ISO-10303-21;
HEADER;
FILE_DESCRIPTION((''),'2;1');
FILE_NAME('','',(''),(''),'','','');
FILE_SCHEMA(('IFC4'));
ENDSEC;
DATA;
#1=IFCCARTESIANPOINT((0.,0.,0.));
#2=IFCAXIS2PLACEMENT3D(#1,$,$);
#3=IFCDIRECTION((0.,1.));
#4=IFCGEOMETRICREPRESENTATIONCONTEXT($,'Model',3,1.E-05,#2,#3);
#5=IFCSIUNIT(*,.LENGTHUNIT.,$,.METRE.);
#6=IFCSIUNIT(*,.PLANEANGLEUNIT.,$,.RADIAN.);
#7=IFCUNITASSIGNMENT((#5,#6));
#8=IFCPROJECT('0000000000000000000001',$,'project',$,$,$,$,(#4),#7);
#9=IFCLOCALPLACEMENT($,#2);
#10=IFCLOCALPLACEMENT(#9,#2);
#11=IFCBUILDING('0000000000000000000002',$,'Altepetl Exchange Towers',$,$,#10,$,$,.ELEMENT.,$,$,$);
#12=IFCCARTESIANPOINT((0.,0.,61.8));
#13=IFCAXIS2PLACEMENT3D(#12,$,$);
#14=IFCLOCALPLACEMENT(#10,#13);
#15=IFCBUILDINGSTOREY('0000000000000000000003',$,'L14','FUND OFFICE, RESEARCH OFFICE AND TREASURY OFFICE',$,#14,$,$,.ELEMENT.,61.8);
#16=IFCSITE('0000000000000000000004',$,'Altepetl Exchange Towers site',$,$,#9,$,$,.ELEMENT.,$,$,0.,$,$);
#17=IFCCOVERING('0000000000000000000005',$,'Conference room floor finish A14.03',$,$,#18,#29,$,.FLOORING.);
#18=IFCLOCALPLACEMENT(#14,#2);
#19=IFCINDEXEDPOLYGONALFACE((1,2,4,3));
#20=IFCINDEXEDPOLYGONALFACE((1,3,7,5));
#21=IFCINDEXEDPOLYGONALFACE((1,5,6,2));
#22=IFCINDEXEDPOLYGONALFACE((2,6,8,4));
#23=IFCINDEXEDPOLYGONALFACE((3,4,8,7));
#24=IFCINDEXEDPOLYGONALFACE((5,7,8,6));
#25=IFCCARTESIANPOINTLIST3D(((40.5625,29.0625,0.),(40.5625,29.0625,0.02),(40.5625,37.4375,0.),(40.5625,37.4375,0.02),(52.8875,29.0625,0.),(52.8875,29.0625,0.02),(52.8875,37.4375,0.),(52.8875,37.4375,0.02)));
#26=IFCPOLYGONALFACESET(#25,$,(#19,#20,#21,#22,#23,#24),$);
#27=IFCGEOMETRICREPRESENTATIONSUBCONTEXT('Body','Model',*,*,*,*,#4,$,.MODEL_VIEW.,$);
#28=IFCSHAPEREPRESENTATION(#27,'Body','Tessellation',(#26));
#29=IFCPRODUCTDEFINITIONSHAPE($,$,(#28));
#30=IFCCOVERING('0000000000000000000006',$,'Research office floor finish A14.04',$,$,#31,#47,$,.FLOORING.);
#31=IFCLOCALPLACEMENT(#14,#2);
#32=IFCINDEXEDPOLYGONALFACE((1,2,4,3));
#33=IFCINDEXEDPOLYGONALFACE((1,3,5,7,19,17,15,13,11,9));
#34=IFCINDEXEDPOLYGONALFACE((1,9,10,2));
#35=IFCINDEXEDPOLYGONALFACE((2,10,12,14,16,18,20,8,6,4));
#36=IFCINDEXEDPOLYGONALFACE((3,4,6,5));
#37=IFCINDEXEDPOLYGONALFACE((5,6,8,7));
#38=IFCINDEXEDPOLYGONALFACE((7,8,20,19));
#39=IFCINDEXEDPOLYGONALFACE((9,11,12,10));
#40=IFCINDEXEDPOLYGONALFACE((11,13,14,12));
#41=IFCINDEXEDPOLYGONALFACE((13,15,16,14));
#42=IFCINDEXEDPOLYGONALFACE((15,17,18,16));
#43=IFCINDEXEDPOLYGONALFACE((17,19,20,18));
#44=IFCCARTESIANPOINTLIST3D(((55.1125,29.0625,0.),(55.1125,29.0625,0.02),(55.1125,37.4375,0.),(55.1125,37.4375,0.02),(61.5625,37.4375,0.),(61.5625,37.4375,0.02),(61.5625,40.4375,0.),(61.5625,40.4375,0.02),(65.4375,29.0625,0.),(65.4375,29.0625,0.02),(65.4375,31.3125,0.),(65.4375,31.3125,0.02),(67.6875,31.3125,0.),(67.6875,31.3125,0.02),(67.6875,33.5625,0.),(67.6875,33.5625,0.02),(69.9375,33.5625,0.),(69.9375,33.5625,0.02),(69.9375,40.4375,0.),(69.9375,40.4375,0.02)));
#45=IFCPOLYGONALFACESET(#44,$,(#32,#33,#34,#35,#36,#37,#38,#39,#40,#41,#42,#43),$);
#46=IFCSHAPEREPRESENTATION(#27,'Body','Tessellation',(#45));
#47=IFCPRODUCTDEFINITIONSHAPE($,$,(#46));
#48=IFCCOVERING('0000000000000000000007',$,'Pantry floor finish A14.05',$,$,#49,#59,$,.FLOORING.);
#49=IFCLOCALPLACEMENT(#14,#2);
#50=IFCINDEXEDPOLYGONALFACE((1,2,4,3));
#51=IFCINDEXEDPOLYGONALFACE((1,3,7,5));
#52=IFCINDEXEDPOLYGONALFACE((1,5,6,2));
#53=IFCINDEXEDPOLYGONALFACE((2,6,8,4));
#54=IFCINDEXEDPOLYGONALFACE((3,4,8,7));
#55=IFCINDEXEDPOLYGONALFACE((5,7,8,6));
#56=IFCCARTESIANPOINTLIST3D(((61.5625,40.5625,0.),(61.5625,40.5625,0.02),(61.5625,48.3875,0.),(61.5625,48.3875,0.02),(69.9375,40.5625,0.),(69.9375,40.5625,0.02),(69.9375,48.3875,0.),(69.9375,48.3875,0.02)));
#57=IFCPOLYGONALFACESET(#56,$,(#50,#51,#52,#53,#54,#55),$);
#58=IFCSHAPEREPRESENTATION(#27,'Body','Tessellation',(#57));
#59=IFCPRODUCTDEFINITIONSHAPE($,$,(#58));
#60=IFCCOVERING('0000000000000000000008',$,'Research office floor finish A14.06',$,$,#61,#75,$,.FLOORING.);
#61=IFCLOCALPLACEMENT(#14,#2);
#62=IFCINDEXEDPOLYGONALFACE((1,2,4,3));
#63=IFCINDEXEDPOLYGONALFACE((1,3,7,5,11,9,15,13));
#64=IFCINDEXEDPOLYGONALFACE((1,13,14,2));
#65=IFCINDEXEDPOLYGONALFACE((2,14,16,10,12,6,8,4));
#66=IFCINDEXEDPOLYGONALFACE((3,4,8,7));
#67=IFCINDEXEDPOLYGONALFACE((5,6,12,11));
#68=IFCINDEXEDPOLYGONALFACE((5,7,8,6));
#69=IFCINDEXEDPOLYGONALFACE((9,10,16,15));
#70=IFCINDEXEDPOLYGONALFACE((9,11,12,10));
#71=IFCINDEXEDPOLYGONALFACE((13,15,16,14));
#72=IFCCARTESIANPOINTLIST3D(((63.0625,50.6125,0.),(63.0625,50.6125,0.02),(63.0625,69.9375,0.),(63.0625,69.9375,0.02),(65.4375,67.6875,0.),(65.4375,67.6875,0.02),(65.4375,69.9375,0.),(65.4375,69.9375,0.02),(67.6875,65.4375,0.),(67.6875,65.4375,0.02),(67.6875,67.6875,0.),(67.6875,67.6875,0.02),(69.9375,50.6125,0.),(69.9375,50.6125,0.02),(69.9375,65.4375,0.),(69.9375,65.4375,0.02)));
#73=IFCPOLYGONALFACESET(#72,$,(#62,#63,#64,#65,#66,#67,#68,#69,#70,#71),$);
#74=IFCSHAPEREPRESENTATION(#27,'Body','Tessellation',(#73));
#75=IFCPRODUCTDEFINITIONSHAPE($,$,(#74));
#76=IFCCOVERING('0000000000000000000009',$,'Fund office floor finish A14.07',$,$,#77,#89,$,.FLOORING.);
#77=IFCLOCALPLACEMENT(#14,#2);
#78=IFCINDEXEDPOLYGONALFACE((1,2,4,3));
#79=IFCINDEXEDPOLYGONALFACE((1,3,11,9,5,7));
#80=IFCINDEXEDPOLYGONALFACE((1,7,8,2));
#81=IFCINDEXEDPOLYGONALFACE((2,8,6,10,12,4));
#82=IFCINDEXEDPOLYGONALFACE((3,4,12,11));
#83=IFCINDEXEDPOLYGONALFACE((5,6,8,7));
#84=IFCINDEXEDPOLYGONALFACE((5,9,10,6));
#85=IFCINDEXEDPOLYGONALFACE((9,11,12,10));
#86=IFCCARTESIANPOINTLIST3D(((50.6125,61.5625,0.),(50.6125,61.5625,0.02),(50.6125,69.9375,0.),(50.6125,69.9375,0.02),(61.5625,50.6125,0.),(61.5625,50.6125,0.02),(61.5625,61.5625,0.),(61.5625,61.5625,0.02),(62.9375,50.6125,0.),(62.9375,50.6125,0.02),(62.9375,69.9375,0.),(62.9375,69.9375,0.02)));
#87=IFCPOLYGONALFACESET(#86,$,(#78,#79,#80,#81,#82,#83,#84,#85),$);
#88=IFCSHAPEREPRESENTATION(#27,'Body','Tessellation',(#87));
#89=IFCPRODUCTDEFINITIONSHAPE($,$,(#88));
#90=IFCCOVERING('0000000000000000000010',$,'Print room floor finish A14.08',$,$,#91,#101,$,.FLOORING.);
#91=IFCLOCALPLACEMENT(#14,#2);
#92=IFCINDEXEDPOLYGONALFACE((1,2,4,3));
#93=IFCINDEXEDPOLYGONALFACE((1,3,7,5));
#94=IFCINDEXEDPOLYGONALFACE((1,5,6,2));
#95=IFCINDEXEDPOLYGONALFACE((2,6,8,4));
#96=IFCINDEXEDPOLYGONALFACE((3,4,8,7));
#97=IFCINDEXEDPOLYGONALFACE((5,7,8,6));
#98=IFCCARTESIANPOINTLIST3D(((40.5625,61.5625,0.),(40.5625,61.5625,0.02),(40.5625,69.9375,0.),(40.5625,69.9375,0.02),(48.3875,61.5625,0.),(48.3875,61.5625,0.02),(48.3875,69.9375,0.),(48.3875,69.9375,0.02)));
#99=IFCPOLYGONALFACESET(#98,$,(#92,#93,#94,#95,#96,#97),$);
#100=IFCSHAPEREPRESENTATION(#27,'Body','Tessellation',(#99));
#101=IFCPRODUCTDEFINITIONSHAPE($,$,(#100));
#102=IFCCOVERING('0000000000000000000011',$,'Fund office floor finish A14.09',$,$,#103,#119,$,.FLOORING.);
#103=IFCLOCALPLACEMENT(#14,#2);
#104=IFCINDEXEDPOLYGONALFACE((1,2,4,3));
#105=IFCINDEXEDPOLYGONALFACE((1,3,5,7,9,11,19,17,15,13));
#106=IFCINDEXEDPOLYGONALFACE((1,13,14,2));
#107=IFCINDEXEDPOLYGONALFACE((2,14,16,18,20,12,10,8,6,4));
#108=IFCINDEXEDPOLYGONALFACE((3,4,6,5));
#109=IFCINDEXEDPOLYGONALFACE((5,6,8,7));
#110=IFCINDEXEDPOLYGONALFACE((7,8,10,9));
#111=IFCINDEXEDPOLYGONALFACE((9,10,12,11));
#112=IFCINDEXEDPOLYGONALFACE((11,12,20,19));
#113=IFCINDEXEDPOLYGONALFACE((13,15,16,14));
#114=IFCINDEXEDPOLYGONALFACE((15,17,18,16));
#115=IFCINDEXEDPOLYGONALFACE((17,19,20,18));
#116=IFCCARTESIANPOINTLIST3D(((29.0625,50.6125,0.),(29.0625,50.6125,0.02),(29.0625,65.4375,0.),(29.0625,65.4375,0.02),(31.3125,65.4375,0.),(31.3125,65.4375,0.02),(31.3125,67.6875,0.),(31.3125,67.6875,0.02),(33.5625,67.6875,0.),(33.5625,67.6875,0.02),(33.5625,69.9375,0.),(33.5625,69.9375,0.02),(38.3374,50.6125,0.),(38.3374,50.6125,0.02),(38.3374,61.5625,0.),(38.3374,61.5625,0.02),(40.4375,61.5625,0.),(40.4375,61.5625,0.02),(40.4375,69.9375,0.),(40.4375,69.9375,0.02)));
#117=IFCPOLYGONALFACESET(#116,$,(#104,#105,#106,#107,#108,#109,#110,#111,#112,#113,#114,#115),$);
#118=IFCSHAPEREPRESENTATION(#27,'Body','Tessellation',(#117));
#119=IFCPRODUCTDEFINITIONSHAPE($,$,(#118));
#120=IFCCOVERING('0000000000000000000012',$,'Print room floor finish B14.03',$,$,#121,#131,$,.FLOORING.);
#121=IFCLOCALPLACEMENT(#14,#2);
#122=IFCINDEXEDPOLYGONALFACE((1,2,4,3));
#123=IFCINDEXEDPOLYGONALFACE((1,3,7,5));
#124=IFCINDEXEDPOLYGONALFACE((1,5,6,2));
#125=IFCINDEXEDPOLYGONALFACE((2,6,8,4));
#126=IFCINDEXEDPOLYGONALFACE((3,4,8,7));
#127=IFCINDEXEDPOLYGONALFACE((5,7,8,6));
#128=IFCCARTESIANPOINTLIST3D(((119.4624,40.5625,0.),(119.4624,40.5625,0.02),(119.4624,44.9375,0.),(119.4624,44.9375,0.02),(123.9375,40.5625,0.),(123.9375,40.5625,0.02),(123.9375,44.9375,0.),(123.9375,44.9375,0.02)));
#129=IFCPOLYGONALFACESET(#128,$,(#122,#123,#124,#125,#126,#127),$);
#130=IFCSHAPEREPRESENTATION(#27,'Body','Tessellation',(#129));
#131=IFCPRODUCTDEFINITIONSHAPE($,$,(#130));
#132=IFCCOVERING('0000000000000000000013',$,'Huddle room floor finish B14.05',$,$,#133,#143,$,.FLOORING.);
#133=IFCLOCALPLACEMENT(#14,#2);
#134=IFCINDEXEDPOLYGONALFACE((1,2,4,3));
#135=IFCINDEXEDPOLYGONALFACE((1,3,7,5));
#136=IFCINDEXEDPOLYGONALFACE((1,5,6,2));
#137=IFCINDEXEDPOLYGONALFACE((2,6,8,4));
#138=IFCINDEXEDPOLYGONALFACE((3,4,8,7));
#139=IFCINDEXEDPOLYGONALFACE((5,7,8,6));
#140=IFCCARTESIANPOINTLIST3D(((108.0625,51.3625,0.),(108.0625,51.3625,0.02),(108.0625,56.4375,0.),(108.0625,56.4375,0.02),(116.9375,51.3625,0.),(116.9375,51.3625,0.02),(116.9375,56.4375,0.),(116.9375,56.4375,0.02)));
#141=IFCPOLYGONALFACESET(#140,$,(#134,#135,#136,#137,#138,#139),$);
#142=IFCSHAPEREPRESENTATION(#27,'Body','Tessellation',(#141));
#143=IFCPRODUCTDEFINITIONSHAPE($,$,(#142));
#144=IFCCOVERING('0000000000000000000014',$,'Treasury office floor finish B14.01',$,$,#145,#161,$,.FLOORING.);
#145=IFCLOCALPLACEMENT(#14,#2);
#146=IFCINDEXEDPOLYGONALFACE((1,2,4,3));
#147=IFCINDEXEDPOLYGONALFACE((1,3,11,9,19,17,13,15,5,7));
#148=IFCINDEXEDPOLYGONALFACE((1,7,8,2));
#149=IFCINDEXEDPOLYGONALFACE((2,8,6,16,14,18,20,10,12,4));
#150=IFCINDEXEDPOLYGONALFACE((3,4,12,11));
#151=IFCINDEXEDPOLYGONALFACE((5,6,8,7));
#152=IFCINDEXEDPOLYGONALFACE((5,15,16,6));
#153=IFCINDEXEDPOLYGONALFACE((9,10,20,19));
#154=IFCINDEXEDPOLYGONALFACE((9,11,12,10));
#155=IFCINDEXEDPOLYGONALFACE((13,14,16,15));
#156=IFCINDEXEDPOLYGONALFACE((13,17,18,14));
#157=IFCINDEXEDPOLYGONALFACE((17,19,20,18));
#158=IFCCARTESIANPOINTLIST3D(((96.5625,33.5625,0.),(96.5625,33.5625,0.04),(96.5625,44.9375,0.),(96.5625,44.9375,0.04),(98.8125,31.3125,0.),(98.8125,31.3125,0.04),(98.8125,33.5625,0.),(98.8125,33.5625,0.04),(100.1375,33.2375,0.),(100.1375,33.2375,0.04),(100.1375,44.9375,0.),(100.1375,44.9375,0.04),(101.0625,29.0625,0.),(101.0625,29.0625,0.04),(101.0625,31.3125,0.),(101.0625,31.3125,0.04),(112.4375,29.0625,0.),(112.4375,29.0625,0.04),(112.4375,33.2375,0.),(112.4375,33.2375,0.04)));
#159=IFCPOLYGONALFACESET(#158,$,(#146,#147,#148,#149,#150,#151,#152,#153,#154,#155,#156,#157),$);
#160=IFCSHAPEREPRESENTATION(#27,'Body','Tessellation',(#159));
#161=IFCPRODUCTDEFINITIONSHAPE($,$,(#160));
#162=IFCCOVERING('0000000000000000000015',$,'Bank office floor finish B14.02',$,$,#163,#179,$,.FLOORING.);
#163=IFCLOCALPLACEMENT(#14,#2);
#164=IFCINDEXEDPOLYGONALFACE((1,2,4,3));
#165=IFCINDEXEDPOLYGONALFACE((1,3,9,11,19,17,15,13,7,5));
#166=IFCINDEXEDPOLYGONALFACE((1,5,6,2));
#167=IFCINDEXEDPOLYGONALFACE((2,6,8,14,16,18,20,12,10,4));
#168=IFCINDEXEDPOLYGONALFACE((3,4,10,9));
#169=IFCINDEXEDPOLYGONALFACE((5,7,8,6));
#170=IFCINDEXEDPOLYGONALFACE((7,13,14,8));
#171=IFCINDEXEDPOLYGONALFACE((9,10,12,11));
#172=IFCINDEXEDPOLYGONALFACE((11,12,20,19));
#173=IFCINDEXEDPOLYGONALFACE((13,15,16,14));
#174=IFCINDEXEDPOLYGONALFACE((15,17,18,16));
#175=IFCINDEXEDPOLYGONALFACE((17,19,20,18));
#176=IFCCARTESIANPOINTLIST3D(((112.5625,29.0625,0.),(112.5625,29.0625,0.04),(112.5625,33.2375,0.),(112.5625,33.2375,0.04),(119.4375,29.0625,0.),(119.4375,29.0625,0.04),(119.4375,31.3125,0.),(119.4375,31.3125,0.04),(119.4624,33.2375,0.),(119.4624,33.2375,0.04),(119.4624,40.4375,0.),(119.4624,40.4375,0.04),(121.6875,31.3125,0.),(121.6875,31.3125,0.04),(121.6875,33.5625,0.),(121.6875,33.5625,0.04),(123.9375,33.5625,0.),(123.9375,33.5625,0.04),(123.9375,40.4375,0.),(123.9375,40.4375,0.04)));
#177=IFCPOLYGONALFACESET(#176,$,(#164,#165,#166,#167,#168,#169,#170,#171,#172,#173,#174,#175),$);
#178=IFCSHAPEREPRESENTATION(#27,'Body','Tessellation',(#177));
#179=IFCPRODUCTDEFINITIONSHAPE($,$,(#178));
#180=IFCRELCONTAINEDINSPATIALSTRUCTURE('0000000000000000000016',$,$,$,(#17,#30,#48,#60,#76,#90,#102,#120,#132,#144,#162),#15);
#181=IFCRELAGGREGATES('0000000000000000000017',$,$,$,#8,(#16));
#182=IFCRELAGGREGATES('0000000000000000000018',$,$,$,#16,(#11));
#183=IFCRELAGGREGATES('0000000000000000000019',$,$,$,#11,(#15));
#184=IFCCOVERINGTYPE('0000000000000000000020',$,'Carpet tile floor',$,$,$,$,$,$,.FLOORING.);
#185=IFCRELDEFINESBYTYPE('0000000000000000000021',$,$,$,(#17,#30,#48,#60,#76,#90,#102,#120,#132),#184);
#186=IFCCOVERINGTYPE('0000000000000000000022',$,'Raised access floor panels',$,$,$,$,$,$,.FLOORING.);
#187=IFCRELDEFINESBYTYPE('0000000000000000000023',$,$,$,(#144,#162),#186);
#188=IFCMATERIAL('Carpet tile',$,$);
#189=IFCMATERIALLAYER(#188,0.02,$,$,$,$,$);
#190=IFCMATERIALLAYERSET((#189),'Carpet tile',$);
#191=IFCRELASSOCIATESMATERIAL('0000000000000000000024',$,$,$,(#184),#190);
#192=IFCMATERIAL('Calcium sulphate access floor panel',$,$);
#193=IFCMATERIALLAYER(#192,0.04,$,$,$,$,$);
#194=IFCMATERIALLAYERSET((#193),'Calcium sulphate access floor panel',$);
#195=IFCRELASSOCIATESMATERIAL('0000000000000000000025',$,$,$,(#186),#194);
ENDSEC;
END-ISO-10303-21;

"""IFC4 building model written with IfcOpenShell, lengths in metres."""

from ifc_helpers import new_model, si_unit, direction, frame, origin, place, context, subcontext, project, spatial, polyline, outline, extrude, material, layer, layer_set, type_object, element, save


model = new_model("IFC4")

# Units and contexts
model_context = context("Model", 3, precision=1e-05, world=origin(), true_north=direction((0.0, 1.0)))
body_context = subcontext(model_context, "Body", "Model", "MODEL_VIEW")
ifc_project = project(units=[si_unit("LENGTHUNIT", "METRE"), si_unit("PLANEANGLEUNIT", "RADIAN")], contexts=[model_context])

# Site, building, storey
site_placement = place(None, origin())
site = spatial("IfcSite", under=ifc_project, at=site_placement, Name="Altepetl Exchange Towers site", CompositionType="ELEMENT", RefElevation=0.0)
building_placement = place(site_placement, origin())
building = spatial("IfcBuilding", under=site, at=building_placement, Name="Altepetl Exchange Towers", CompositionType="ELEMENT")
storey_placement = place(building_placement, frame((0.0, 0.0, 61.8)))
storey = spatial("IfcBuildingStorey", under=building, at=storey_placement, Name="L14", Description="FUND OFFICE, RESEARCH OFFICE AND TREASURY OFFICE", CompositionType="ELEMENT", Elevation=61.8)

# Coverings
ifc_material_1 = material(Name="Carpet tile")
ifc_layer_1 = layer(ifc_material_1, 0.02)
ifc_layer_set_1 = layer_set([ifc_layer_1], Name="Carpet tile")
covering_type_1 = type_object("IfcCoveringType", Name="Carpet tile floor", PredefinedType="FLOORING", material=ifc_layer_set_1)
covering_1_placement = place(storey_placement, origin())
element("IfcCovering", 1, at=covering_1_placement, inside=storey, type_object=covering_type_1, Name="Conference room floor finish A14.03", PredefinedType="FLOORING", context=body_context, shape_type="SweptSolid", body=[
    extrude(outline(polyline([(40.5625, 37.4375), (40.5625, 29.0625), (52.8875, 29.0625), (52.8875, 37.4375), (40.5625, 37.4375)])), origin(), (0.0, 0.0, 1.0), 0.02),
])
covering_2_placement = place(storey_placement, origin())
element("IfcCovering", 2, at=covering_2_placement, inside=storey, type_object=covering_type_1, Name="Research office floor finish A14.04", PredefinedType="FLOORING", context=body_context, shape_type="SweptSolid", body=[
    extrude(outline(polyline([(67.6875, 31.3125), (67.6875, 33.5625), (69.9375, 33.5625), (69.9375, 40.4375), (61.5625, 40.4375), (61.5625, 37.4375), (55.1125, 37.4375), (55.1125, 29.0625), (65.4375, 29.0625), (65.4375, 31.3125), (67.6875, 31.3125)])), origin(), (0.0, 0.0, 1.0), 0.02),
])
covering_3_placement = place(storey_placement, origin())
element("IfcCovering", 3, at=covering_3_placement, inside=storey, type_object=covering_type_1, Name="Pantry floor finish A14.05", PredefinedType="FLOORING", context=body_context, shape_type="SweptSolid", body=[
    extrude(outline(polyline([(61.5625, 40.5625), (69.9375, 40.5625), (69.9375, 48.3875), (61.5625, 48.3875), (61.5625, 40.5625)])), origin(), (0.0, 0.0, 1.0), 0.02),
])
covering_4_placement = place(storey_placement, origin())
element("IfcCovering", 4, at=covering_4_placement, inside=storey, type_object=covering_type_1, Name="Research office floor finish A14.06", PredefinedType="FLOORING", context=body_context, shape_type="SweptSolid", body=[
    extrude(outline(polyline([(67.6875, 67.6875), (65.4375, 67.6875), (65.4375, 69.9375), (63.0625, 69.9375), (63.0625, 50.6125), (69.9375, 50.6125), (69.9375, 65.4375), (67.6875, 65.4375), (67.6875, 67.6875)])), origin(), (0.0, 0.0, 1.0), 0.02),
])
covering_5_placement = place(storey_placement, origin())
element("IfcCovering", 5, at=covering_5_placement, inside=storey, type_object=covering_type_1, Name="Fund office floor finish A14.07", PredefinedType="FLOORING", context=body_context, shape_type="SweptSolid", body=[
    extrude(outline(polyline([(62.9375, 50.6125), (62.9375, 69.9375), (50.6125, 69.9375), (50.6125, 61.5625), (61.5625, 61.5625), (61.5625, 50.6125), (62.9375, 50.6125)])), origin(), (0.0, 0.0, 1.0), 0.02),
])
covering_6_placement = place(storey_placement, origin())
element("IfcCovering", 6, at=covering_6_placement, inside=storey, type_object=covering_type_1, Name="Print room floor finish A14.08", PredefinedType="FLOORING", context=body_context, shape_type="SweptSolid", body=[
    extrude(outline(polyline([(48.3875, 69.9375), (40.5625, 69.9375), (40.5625, 61.5625), (48.3875, 61.5625), (48.3875, 69.9375)])), origin(), (0.0, 0.0, 1.0), 0.02),
])
covering_7_placement = place(storey_placement, origin())
element("IfcCovering", 7, at=covering_7_placement, inside=storey, type_object=covering_type_1, Name="Fund office floor finish A14.09", PredefinedType="FLOORING", context=body_context, shape_type="SweptSolid", body=[
    extrude(outline(polyline([(40.4375, 61.5625), (40.4375, 69.9375), (33.5625, 69.9375), (33.5625, 67.6875), (31.3125, 67.6875), (31.3125, 65.4375), (29.0625, 65.4375), (29.0625, 50.6125), (38.3374, 50.6125), (38.3374, 61.5625), (40.4375, 61.5625)])), origin(), (0.0, 0.0, 1.0), 0.02),
])
covering_8_placement = place(storey_placement, origin())
element("IfcCovering", 8, at=covering_8_placement, inside=storey, type_object=covering_type_1, Name="Print room floor finish B14.03", PredefinedType="FLOORING", context=body_context, shape_type="SweptSolid", body=[
    extrude(outline(polyline([(123.9375, 44.9375), (119.4624, 44.9375), (119.4624, 40.5625), (123.9375, 40.5625), (123.9375, 44.9375)])), origin(), (0.0, 0.0, 1.0), 0.02),
])
covering_9_placement = place(storey_placement, origin())
element("IfcCovering", 9, at=covering_9_placement, inside=storey, type_object=covering_type_1, Name="Huddle room floor finish B14.05", PredefinedType="FLOORING", context=body_context, shape_type="SweptSolid", body=[
    extrude(outline(polyline([(108.0625, 56.4375), (108.0625, 51.3625), (116.9375, 51.3625), (116.9375, 56.4375), (108.0625, 56.4375)])), origin(), (0.0, 0.0, 1.0), 0.02),
])
ifc_material_2 = material(Name="Calcium sulphate access floor panel")
ifc_layer_2 = layer(ifc_material_2, 0.04)
ifc_layer_set_2 = layer_set([ifc_layer_2], Name="Calcium sulphate access floor panel")
covering_type_2 = type_object("IfcCoveringType", Name="Raised access floor panels", PredefinedType="FLOORING", material=ifc_layer_set_2)
covering_10_placement = place(storey_placement, origin())
element("IfcCovering", 10, at=covering_10_placement, inside=storey, type_object=covering_type_2, Name="Treasury office floor finish B14.01", PredefinedType="FLOORING", context=body_context, shape_type="SweptSolid", body=[
    extrude(outline(polyline([(112.4375, 29.0625), (112.4375, 33.2375), (100.1375, 33.2375), (100.1375, 44.9375), (96.5625, 44.9375), (96.5625, 33.5625), (98.8125, 33.5625), (98.8125, 31.3125), (101.0625, 31.3125), (101.0625, 29.0625), (112.4375, 29.0625)])), origin(), (0.0, 0.0, 1.0), 0.04),
])
covering_11_placement = place(storey_placement, origin())
element("IfcCovering", 11, at=covering_11_placement, inside=storey, type_object=covering_type_2, Name="Bank office floor finish B14.02", PredefinedType="FLOORING", context=body_context, shape_type="SweptSolid", body=[
    extrude(outline(polyline([(123.9375, 40.4375), (119.4624, 40.4375), (119.4624, 33.2375), (112.5625, 33.2375), (112.5625, 29.0625), (119.4375, 29.0625), (119.4375, 31.3125), (121.6875, 31.3125), (121.6875, 33.5625), (123.9375, 33.5625), (123.9375, 40.4375)])), origin(), (0.0, 0.0, 1.0), 0.04),
])

save(model, "model.ifc")
